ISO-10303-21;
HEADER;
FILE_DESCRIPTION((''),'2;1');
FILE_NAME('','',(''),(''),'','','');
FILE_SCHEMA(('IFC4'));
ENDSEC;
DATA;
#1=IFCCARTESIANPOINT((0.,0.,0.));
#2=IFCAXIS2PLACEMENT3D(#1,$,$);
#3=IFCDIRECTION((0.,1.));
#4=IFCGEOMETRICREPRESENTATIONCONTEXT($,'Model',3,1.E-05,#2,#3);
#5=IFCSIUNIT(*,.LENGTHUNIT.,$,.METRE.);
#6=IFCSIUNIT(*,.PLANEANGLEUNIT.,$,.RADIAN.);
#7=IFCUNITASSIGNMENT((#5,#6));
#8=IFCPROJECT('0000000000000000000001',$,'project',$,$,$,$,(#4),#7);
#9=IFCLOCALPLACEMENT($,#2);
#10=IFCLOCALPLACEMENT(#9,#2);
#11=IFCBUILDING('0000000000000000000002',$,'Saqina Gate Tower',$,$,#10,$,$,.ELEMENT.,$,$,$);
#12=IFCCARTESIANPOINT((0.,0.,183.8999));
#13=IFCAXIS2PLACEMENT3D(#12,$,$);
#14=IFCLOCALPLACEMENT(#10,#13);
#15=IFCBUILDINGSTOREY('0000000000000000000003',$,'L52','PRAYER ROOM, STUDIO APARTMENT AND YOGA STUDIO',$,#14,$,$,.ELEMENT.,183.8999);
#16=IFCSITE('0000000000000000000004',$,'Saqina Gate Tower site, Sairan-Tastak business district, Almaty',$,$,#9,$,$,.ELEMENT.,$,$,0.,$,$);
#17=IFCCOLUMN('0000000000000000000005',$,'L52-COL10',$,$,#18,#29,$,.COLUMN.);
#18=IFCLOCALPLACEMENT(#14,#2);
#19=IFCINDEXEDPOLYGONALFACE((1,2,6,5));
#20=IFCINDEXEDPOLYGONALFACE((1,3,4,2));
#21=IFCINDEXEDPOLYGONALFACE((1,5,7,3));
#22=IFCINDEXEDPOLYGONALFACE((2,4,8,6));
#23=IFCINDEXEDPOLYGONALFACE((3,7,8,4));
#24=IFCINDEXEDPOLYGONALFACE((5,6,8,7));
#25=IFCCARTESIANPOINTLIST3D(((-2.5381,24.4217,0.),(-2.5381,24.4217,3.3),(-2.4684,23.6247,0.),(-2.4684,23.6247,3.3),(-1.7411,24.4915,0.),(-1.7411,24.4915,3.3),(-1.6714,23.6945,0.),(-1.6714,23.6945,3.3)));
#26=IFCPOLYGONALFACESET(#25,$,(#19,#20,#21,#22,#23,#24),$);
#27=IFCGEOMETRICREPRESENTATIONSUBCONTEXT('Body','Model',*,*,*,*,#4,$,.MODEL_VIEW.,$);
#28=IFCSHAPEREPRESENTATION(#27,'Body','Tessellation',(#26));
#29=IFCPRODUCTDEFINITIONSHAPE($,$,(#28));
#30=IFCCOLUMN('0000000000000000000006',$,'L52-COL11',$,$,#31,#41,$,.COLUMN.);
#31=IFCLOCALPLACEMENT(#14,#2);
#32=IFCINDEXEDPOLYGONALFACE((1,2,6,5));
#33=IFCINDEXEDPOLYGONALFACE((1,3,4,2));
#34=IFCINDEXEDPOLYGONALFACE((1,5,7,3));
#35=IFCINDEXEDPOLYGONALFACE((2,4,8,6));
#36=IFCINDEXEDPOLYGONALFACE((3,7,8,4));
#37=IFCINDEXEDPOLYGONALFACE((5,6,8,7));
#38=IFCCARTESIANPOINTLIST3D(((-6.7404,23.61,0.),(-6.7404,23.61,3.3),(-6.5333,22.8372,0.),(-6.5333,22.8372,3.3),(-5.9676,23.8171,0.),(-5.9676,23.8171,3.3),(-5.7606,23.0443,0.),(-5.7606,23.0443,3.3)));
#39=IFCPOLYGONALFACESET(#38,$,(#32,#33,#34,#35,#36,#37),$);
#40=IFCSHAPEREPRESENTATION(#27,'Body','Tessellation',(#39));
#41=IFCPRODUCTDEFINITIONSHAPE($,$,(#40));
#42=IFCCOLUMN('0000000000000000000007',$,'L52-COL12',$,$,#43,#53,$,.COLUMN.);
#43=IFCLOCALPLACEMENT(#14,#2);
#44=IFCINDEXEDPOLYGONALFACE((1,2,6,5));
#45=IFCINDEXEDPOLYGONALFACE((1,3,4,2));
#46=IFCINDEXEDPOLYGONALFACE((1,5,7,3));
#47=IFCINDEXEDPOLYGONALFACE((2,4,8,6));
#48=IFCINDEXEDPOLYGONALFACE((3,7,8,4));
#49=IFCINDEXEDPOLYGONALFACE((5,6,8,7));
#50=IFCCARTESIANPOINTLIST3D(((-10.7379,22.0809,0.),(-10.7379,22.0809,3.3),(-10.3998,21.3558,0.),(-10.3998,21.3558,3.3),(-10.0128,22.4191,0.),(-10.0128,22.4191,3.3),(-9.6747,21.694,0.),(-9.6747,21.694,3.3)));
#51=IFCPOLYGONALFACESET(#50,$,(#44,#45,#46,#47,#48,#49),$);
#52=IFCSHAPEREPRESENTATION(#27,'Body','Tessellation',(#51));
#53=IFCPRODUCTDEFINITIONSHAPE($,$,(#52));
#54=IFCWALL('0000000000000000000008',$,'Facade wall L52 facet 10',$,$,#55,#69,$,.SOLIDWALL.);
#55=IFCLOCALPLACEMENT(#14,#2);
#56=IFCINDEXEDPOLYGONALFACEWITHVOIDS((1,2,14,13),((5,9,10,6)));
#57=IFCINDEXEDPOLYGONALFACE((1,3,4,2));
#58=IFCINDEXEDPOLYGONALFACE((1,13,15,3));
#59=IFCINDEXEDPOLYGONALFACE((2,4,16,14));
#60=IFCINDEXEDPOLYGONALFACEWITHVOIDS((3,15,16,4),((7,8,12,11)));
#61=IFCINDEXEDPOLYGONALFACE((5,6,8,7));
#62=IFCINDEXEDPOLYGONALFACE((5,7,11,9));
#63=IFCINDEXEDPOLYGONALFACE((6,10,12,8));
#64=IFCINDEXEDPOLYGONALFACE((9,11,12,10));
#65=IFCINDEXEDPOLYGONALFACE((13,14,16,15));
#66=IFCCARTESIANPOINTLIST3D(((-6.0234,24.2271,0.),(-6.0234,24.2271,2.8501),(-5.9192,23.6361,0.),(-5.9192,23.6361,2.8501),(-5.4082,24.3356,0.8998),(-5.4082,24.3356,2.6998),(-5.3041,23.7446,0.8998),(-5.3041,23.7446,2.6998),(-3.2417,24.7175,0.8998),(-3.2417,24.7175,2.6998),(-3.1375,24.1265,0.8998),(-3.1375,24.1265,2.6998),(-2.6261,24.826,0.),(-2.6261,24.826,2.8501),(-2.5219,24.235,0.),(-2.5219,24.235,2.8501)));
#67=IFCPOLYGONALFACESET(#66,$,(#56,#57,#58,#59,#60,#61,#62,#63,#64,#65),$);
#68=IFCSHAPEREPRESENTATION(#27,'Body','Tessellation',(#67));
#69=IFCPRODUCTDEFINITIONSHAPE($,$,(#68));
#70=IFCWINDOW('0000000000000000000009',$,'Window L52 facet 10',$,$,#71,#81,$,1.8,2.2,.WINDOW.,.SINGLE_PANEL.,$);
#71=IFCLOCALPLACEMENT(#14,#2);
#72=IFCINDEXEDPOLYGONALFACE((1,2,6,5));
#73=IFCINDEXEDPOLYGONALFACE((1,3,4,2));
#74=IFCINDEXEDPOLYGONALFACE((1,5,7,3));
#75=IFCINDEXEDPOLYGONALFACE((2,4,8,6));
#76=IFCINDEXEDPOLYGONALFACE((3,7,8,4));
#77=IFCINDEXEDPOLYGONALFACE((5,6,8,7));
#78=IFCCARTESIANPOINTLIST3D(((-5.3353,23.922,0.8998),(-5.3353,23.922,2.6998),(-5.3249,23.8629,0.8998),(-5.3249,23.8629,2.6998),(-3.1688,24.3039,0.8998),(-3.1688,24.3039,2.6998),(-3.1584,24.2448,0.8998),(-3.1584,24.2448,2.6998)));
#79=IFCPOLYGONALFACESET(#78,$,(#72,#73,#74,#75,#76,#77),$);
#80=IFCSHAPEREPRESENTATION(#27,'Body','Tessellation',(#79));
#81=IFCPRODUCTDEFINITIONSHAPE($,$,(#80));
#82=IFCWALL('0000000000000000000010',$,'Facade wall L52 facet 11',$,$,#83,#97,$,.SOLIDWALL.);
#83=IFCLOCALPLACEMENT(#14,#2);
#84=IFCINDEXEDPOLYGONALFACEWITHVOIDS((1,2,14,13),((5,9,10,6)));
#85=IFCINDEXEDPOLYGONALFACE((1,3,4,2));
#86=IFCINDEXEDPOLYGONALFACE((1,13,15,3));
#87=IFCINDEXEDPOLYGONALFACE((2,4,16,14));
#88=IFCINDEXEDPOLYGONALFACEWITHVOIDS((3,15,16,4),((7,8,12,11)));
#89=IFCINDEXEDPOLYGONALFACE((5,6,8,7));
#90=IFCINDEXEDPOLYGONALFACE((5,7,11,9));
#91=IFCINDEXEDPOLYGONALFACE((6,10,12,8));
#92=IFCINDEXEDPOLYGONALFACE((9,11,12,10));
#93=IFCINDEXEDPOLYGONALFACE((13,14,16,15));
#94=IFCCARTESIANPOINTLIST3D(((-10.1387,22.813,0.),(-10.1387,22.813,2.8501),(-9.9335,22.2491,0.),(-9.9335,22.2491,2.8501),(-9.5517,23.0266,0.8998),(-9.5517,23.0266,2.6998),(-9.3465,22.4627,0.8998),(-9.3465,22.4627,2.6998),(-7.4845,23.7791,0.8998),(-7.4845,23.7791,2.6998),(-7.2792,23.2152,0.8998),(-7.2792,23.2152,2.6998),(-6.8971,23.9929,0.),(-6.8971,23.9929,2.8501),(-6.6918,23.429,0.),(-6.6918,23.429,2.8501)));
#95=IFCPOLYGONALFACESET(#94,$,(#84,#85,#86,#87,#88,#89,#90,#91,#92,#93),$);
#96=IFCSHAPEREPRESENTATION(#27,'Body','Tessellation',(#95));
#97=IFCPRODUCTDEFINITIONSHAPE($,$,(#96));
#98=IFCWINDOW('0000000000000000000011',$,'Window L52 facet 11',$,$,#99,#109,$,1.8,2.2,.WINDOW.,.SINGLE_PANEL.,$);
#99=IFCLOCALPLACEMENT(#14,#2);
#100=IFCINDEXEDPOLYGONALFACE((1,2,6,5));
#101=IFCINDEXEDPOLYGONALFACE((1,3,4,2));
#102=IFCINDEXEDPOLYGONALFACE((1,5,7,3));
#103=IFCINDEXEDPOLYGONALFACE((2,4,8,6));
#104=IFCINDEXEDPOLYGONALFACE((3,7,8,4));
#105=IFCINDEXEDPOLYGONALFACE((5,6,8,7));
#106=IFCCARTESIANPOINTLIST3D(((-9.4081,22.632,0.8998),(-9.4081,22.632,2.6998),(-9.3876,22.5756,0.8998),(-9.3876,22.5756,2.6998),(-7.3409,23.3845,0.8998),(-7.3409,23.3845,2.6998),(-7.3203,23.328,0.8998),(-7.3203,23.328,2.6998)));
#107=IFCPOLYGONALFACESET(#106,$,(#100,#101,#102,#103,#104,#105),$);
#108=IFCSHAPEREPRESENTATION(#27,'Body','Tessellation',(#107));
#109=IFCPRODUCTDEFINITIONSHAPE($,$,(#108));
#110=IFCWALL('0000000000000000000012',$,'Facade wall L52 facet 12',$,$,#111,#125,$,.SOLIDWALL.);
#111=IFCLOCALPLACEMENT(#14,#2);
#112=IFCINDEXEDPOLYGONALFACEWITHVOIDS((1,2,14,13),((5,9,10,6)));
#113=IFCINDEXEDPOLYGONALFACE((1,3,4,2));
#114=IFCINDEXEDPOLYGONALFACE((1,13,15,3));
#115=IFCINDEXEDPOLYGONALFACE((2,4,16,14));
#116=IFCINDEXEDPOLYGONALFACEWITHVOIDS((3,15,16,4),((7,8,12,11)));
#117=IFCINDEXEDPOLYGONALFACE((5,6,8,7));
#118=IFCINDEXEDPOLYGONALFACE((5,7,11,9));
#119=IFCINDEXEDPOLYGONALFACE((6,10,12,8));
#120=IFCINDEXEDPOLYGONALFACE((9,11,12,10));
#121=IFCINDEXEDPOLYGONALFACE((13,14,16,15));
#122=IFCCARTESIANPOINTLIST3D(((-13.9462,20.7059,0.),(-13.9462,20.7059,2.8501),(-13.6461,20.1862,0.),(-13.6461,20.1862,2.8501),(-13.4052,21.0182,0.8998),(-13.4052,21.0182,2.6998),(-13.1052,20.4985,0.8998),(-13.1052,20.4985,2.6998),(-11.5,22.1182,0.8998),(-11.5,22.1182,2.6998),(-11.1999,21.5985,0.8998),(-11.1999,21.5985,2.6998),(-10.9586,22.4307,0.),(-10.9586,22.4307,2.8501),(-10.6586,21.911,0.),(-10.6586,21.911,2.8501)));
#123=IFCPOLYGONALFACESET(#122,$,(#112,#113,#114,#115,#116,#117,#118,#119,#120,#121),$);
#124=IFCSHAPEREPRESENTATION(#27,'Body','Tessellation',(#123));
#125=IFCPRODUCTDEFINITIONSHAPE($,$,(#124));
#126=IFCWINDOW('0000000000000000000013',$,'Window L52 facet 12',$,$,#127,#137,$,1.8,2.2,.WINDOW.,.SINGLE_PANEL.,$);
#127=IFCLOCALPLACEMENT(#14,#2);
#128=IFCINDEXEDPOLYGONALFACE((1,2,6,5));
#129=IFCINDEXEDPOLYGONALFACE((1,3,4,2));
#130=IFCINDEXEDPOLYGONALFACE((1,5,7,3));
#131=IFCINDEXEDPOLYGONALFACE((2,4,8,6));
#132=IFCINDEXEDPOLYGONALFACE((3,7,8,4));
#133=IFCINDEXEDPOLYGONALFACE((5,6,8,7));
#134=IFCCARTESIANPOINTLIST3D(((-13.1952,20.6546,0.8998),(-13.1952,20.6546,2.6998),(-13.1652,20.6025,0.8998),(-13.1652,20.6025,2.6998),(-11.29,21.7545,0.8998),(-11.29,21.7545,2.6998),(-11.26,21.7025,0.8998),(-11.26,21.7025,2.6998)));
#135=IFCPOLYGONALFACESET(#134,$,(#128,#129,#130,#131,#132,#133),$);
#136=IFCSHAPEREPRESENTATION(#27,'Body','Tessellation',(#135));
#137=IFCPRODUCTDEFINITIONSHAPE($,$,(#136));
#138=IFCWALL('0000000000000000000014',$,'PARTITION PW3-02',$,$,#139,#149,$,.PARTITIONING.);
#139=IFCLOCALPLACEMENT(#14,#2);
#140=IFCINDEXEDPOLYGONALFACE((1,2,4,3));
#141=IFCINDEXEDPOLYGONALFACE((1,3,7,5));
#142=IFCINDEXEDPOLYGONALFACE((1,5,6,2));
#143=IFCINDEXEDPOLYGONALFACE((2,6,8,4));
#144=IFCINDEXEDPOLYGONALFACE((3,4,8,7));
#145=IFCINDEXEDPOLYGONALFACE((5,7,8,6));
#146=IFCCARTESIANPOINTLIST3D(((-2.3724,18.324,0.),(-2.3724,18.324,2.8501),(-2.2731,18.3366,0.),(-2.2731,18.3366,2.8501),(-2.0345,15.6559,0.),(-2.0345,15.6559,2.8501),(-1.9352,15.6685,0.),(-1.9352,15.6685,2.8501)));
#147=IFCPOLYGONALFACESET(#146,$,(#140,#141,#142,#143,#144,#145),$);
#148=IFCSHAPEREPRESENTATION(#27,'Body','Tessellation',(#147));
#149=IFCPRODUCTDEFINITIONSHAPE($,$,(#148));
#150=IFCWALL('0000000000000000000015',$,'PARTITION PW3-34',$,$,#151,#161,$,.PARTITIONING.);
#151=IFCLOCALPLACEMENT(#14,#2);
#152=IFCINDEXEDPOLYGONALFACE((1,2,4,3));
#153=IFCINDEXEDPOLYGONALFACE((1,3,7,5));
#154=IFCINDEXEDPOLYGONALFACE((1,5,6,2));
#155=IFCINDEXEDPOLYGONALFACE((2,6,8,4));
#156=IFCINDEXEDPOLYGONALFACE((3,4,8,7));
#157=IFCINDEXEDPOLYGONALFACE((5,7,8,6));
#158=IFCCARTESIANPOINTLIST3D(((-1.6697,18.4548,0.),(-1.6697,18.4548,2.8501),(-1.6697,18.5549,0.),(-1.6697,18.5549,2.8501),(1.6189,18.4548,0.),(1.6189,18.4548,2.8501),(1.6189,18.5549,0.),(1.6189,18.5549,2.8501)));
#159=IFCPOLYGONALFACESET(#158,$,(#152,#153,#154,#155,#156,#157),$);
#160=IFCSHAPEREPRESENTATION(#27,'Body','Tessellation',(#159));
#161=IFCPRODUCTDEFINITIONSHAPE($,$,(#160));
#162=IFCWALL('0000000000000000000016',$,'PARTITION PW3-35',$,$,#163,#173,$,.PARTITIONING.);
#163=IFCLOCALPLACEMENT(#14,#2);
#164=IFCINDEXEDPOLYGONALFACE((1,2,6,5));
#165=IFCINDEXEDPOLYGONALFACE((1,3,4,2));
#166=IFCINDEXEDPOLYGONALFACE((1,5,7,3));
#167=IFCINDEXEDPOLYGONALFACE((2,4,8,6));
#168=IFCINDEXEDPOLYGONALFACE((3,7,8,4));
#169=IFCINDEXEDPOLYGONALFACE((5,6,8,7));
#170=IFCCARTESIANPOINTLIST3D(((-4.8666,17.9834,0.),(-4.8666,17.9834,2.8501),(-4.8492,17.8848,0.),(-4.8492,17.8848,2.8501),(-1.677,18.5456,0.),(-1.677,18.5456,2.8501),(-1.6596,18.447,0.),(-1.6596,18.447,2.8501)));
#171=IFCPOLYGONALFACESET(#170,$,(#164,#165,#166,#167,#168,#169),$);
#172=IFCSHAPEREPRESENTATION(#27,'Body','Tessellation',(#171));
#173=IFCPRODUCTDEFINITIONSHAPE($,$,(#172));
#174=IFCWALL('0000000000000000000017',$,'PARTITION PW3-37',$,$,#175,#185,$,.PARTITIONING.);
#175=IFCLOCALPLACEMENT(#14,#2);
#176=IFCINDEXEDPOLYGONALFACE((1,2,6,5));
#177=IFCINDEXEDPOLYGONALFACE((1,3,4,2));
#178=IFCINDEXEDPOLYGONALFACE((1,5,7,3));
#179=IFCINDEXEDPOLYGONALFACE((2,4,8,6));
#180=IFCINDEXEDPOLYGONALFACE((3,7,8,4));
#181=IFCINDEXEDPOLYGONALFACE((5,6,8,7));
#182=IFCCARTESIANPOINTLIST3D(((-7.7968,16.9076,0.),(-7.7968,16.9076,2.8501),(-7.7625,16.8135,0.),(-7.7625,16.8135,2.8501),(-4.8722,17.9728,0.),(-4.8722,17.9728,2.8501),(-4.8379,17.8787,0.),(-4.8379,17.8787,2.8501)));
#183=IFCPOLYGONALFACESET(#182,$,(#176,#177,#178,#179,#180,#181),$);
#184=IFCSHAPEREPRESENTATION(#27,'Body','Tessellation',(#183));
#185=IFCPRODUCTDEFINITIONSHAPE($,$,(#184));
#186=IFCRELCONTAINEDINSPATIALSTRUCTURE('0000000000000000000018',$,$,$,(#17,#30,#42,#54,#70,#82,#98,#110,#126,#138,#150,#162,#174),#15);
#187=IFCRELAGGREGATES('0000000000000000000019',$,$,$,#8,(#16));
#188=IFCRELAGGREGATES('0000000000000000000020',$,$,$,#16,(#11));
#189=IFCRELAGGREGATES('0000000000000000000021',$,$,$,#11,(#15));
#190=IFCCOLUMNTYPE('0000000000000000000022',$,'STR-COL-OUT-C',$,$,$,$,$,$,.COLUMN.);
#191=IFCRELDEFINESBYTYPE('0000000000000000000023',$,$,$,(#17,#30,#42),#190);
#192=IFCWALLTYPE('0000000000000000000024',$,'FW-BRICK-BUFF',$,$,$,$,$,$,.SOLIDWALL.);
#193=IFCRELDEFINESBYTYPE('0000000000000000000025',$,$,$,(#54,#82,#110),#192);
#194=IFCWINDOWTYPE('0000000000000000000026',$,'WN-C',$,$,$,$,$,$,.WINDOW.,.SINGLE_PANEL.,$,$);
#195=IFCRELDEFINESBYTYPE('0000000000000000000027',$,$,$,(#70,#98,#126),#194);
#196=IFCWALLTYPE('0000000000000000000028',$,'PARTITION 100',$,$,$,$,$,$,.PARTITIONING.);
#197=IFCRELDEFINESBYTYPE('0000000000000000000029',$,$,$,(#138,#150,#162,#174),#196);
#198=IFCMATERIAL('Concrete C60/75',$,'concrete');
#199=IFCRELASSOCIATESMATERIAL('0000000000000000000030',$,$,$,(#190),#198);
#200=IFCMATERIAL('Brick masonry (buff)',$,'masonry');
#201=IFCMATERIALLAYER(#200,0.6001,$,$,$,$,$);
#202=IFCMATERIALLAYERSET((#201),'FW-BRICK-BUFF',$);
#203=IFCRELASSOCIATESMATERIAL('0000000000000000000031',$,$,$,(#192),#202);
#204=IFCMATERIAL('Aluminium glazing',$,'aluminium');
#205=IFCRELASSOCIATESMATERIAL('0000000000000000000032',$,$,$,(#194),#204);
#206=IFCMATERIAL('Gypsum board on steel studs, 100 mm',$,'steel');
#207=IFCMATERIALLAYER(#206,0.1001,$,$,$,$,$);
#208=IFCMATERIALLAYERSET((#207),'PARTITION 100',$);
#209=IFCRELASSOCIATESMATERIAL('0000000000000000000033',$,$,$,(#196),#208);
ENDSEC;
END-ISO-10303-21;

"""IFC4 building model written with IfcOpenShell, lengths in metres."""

from ifc_helpers import new_model, si_unit, direction, frame, frame_2d, origin, origin_2d, place, context, subcontext, project, spatial, rectangle, extrude, material, layer, layer_set, material_profile, profile_set, type_object, element, fill, save


model = new_model("IFC4")

# Units and contexts
model_context = context("Model", 3, precision=1e-05, world=origin(), true_north=direction((0.0, 1.0)))
body_context = subcontext(model_context, "Body", "Model", "MODEL_VIEW")
ifc_project = project(units=[si_unit("LENGTHUNIT", "METRE"), si_unit("PLANEANGLEUNIT", "RADIAN")], contexts=[model_context])

# Site, building, storey
site_placement = place(None, origin())
site = spatial("IfcSite", under=ifc_project, at=site_placement, Name="Saqina Gate Tower site, Sairan-Tastak business district, Almaty", CompositionType="ELEMENT", RefElevation=0.0)
building_placement = place(site_placement, origin())
building = spatial("IfcBuilding", under=site, at=building_placement, Name="Saqina Gate Tower", CompositionType="ELEMENT")
storey_placement = place(building_placement, frame((0.0, 0.0, 183.8999)))
storey = spatial("IfcBuildingStorey", under=building, at=storey_placement, Name="L52", Description="PRAYER ROOM, STUDIO APARTMENT AND YOGA STUDIO", CompositionType="ELEMENT", Elevation=183.8999)

# Columns
ifc_material_1 = material(Name="Concrete C60/75", Category="concrete")
ifc_material_profile = material_profile(ifc_material_1, rectangle(XDim=0.8, YDim=0.8, at=origin_2d()), Name="RC 800x800")
ifc_profile_set = profile_set([ifc_material_profile], Name="Concrete C60/75")
column_type = type_object("IfcColumnType", Name="STR-COL-OUT-C", PredefinedType="COLUMN", material=ifc_profile_set)
for number, where, z_axis, x_axis, name in (
    (1, (-2.1047, 24.0581, 0.0), (0.0, 0.0, 1.0), (-0.087156, 0.996195, 0.0), "L52-COL10"),
    (2, (-6.2505, 23.3271, 0.0), (0.0, 0.0, 1.0), (-0.258819, 0.965926, 0.0), "L52-COL11"),
    (3, (-10.2063, 21.8875, 0.0), (0.0, 0.0, 1.0), (-0.422618, 0.906308, 0.0), "L52-COL12"),
):
    element("IfcColumn", number, at=place(storey_placement, frame(where, z_axis=z_axis, x_axis=x_axis)), inside=storey, type_object=column_type, Name=name, PredefinedType="COLUMN", context=body_context, shape_type="SweptSolid", body=[
        extrude(rectangle(XDim=0.8, YDim=0.8, at=origin_2d()), origin(), (0.0, 0.0, 1.0), 3.3),
    ])

# Walls, openings, windows
ifc_material_2 = material(Name="Brick masonry (buff)", Category="masonry")
ifc_layer_1 = layer(ifc_material_2, 0.6001)
ifc_layer_set_1 = layer_set([ifc_layer_1], Name="FW-BRICK-BUFF")
wall_type_1 = type_object("IfcWallType", Name="FW-BRICK-BUFF", PredefinedType="SOLIDWALL", material=ifc_layer_set_1)
wall_1_placement = place(storey_placement, frame((-2.574, 24.5305, 0.0), z_axis=(0.0, 0.0, 1.0), x_axis=(-0.984815, -0.173608, 0.0)))
wall_1 = element("IfcWall", 4, at=wall_1_placement, inside=storey, type_object=wall_type_1, Name="Facade wall L52 facet 10", PredefinedType="SOLIDWALL", context=body_context, shape_type="SweptSolid", body=[
    extrude(rectangle(XDim=3.4497, YDim=0.6001, at=frame_2d((1.7249, 0.0))), origin(), (0.0, 0.0, 1.0), 2.8501),
])
opening_1_placement = place(wall_1_placement, frame((0.625, 0.0, 0.8999)))
opening_1 = element("IfcOpeningElement", 5, at=opening_1_placement, cuts=wall_1, PredefinedType="OPENING", context=body_context, shape_type="SweptSolid", body=[
    extrude(rectangle(XDim=2.2, YDim=1.8, at=frame_2d((1.1001, 0.8999))), frame((0.0, 0.312, 0.0), z_axis=(0.0, -1.0, 0.0), x_axis=(1.0, 0.0, 0.0)), (0.0, 0.0, 1.0), 0.624),
])
ifc_material_3 = material(Name="Aluminium glazing", Category="aluminium")
window_type = type_object("IfcWindowType", Name="WN-C", PartitioningType="SINGLE_PANEL", PredefinedType="WINDOW", material=ifc_material_3)
window_1_placement = place(opening_1_placement, origin())
window_1 = element("IfcWindow", 6, at=window_1_placement, inside=storey, type_object=window_type, Name="Window L52 facet 10", OverallHeight=1.8, OverallWidth=2.2, PartitioningType="SINGLE_PANEL", PredefinedType="WINDOW", context=body_context, shape_type="SweptSolid", body=[
    extrude(rectangle(XDim=2.2, YDim=1.8, at=frame_2d((1.1001, 0.8999))), frame((0.0, 0.1799, 0.0), z_axis=(0.0, -1.0, 0.0), x_axis=(1.0, 0.0, 0.0)), (0.0, 0.0, 1.0), 0.0601),
])
fill(opening_1, window_1)
wall_2_placement = place(storey_placement, frame((-6.7944, 23.7109, 0.0), z_axis=(0.0, 0.0, 1.0), x_axis=(-0.939688, -0.342033, 0.0)))
wall_2 = element("IfcWall", 7, at=wall_2_placement, inside=storey, type_object=wall_type_1, Name="Facade wall L52 facet 11", PredefinedType="SOLIDWALL", context=body_context, shape_type="SweptSolid", body=[
    extrude(rectangle(XDim=3.4497, YDim=0.6001, at=frame_2d((1.7249, 0.0))), origin(), (0.0, 0.0, 1.0), 2.8501),
])
opening_2_placement = place(wall_2_placement, frame((0.625, 0.0, 0.8999)))
opening_2 = element("IfcOpeningElement", 8, at=opening_2_placement, cuts=wall_2, PredefinedType="OPENING", context=body_context, shape_type="SweptSolid", body=[
    extrude(rectangle(XDim=2.2, YDim=1.8, at=frame_2d((1.1001, 0.8999))), frame((0.0, 0.312, 0.0), z_axis=(0.0, -1.0, 0.0), x_axis=(1.0, 0.0, 0.0)), (0.0, 0.0, 1.0), 0.624),
])
window_2_placement = place(opening_2_placement, origin())
window_2 = element("IfcWindow", 9, at=window_2_placement, inside=storey, type_object=window_type, Name="Window L52 facet 11", OverallHeight=1.8, OverallWidth=2.2, PartitioningType="SINGLE_PANEL", PredefinedType="WINDOW", context=body_context, shape_type="SweptSolid", body=[
    extrude(rectangle(XDim=2.2, YDim=1.8, at=frame_2d((1.1001, 0.8999))), frame((0.0, 0.1799, 0.0), z_axis=(0.0, -1.0, 0.0), x_axis=(1.0, 0.0, 0.0)), (0.0, 0.0, 1.0), 0.0601),
])
fill(opening_2, window_2)
wall_3_placement = place(storey_placement, frame((-10.8086, 22.1709, 0.0), z_axis=(0.0, 0.0, 1.0), x_axis=(-0.866026, -0.499998, 0.0)))
wall_3 = element("IfcWall", 10, at=wall_3_placement, inside=storey, type_object=wall_type_1, Name="Facade wall L52 facet 12", PredefinedType="SOLIDWALL", context=body_context, shape_type="SweptSolid", body=[
    extrude(rectangle(XDim=3.4497, YDim=0.6001, at=frame_2d((1.7249, 0.0))), origin(), (0.0, 0.0, 1.0), 2.8501),
])
opening_3_placement = place(wall_3_placement, frame((0.625, 0.0, 0.8999)))
opening_3 = element("IfcOpeningElement", 11, at=opening_3_placement, cuts=wall_3, PredefinedType="OPENING", context=body_context, shape_type="SweptSolid", body=[
    extrude(rectangle(XDim=2.2, YDim=1.8, at=frame_2d((1.1001, 0.8999))), frame((0.0, 0.312, 0.0), z_axis=(0.0, -1.0, 0.0), x_axis=(1.0, 0.0, 0.0)), (0.0, 0.0, 1.0), 0.624),
])
window_3_placement = place(opening_3_placement, origin())
window_3 = element("IfcWindow", 12, at=window_3_placement, inside=storey, type_object=window_type, Name="Window L52 facet 12", OverallHeight=1.8, OverallWidth=2.2, PartitioningType="SINGLE_PANEL", PredefinedType="WINDOW", context=body_context, shape_type="SweptSolid", body=[
    extrude(rectangle(XDim=2.2, YDim=1.8, at=frame_2d((1.1001, 0.8999))), frame((0.0, 0.1799, 0.0), z_axis=(0.0, -1.0, 0.0), x_axis=(1.0, 0.0, 0.0)), (0.0, 0.0, 1.0), 0.0601),
])
fill(opening_3, window_3)

# Walls
ifc_material_4 = material(Name="Gypsum board on steel studs, 100 mm", Category="steel")
ifc_layer_2 = layer(ifc_material_4, 0.1001)
ifc_layer_set_2 = layer_set([ifc_layer_2], Name="PARTITION 100")
wall_type_2 = type_object("IfcWallType", Name="PARTITION 100", PredefinedType="PARTITIONING", material=ifc_layer_set_2)
wall_4_placement = place(storey_placement, frame((-2.3228, 18.3303, 0.0), z_axis=(0.0, 0.0, 1.0), x_axis=(0.125632, -0.992077, 0.0)))
element("IfcWall", 13, at=wall_4_placement, inside=storey, type_object=wall_type_2, Name="PARTITION PW3-02", PredefinedType="PARTITIONING", context=body_context, shape_type="SweptSolid", body=[
    extrude(rectangle(XDim=2.6895, YDim=0.1001, at=frame_2d((1.3447, 0.0))), origin(), (0.0, 0.0, 1.0), 2.8501),
])
wall_5_placement = place(storey_placement, frame((-1.6697, 18.5049, 0.0), z_axis=(0.0, 0.0, 1.0), x_axis=(1.0, 0.0, 0.0)))
element("IfcWall", 14, at=wall_5_placement, inside=storey, type_object=wall_type_2, Name="PARTITION PW3-34", PredefinedType="PARTITIONING", context=body_context, shape_type="SweptSolid", body=[
    extrude(rectangle(XDim=3.2886, YDim=0.1001, at=frame_2d((1.6443, 0.0))), origin(), (0.0, 0.0, 1.0), 2.8501),
])
wall_6_placement = place(storey_placement, frame((-4.8579, 17.9341, 0.0), z_axis=(0.0, 0.0, 1.0), x_axis=(0.984817, 0.173596, 0.0)))
element("IfcWall", 15, at=wall_6_placement, inside=storey, type_object=wall_type_2, Name="PARTITION PW3-35", PredefinedType="PARTITIONING", context=body_context, shape_type="SweptSolid", body=[
    extrude(rectangle(XDim=3.2388, YDim=0.1001, at=frame_2d((1.6194, 0.0))), origin(), (0.0, 0.0, 1.0), 2.8501),
])
wall_7_placement = place(storey_placement, frame((-7.7795, 16.8606, 0.0), z_axis=(0.0, 0.0, 1.0), x_axis=(0.939617, 0.342228, 0.0)))
element("IfcWall", 16, at=wall_7_placement, inside=storey, type_object=wall_type_2, Name="PARTITION PW3-37", PredefinedType="PARTITIONING", context=body_context, shape_type="SweptSolid", body=[
    extrude(rectangle(XDim=3.1125, YDim=0.1001, at=frame_2d((1.5562, 0.0))), origin(), (0.0, 0.0, 1.0), 2.8501),
])

save(model, "model.ifc")
